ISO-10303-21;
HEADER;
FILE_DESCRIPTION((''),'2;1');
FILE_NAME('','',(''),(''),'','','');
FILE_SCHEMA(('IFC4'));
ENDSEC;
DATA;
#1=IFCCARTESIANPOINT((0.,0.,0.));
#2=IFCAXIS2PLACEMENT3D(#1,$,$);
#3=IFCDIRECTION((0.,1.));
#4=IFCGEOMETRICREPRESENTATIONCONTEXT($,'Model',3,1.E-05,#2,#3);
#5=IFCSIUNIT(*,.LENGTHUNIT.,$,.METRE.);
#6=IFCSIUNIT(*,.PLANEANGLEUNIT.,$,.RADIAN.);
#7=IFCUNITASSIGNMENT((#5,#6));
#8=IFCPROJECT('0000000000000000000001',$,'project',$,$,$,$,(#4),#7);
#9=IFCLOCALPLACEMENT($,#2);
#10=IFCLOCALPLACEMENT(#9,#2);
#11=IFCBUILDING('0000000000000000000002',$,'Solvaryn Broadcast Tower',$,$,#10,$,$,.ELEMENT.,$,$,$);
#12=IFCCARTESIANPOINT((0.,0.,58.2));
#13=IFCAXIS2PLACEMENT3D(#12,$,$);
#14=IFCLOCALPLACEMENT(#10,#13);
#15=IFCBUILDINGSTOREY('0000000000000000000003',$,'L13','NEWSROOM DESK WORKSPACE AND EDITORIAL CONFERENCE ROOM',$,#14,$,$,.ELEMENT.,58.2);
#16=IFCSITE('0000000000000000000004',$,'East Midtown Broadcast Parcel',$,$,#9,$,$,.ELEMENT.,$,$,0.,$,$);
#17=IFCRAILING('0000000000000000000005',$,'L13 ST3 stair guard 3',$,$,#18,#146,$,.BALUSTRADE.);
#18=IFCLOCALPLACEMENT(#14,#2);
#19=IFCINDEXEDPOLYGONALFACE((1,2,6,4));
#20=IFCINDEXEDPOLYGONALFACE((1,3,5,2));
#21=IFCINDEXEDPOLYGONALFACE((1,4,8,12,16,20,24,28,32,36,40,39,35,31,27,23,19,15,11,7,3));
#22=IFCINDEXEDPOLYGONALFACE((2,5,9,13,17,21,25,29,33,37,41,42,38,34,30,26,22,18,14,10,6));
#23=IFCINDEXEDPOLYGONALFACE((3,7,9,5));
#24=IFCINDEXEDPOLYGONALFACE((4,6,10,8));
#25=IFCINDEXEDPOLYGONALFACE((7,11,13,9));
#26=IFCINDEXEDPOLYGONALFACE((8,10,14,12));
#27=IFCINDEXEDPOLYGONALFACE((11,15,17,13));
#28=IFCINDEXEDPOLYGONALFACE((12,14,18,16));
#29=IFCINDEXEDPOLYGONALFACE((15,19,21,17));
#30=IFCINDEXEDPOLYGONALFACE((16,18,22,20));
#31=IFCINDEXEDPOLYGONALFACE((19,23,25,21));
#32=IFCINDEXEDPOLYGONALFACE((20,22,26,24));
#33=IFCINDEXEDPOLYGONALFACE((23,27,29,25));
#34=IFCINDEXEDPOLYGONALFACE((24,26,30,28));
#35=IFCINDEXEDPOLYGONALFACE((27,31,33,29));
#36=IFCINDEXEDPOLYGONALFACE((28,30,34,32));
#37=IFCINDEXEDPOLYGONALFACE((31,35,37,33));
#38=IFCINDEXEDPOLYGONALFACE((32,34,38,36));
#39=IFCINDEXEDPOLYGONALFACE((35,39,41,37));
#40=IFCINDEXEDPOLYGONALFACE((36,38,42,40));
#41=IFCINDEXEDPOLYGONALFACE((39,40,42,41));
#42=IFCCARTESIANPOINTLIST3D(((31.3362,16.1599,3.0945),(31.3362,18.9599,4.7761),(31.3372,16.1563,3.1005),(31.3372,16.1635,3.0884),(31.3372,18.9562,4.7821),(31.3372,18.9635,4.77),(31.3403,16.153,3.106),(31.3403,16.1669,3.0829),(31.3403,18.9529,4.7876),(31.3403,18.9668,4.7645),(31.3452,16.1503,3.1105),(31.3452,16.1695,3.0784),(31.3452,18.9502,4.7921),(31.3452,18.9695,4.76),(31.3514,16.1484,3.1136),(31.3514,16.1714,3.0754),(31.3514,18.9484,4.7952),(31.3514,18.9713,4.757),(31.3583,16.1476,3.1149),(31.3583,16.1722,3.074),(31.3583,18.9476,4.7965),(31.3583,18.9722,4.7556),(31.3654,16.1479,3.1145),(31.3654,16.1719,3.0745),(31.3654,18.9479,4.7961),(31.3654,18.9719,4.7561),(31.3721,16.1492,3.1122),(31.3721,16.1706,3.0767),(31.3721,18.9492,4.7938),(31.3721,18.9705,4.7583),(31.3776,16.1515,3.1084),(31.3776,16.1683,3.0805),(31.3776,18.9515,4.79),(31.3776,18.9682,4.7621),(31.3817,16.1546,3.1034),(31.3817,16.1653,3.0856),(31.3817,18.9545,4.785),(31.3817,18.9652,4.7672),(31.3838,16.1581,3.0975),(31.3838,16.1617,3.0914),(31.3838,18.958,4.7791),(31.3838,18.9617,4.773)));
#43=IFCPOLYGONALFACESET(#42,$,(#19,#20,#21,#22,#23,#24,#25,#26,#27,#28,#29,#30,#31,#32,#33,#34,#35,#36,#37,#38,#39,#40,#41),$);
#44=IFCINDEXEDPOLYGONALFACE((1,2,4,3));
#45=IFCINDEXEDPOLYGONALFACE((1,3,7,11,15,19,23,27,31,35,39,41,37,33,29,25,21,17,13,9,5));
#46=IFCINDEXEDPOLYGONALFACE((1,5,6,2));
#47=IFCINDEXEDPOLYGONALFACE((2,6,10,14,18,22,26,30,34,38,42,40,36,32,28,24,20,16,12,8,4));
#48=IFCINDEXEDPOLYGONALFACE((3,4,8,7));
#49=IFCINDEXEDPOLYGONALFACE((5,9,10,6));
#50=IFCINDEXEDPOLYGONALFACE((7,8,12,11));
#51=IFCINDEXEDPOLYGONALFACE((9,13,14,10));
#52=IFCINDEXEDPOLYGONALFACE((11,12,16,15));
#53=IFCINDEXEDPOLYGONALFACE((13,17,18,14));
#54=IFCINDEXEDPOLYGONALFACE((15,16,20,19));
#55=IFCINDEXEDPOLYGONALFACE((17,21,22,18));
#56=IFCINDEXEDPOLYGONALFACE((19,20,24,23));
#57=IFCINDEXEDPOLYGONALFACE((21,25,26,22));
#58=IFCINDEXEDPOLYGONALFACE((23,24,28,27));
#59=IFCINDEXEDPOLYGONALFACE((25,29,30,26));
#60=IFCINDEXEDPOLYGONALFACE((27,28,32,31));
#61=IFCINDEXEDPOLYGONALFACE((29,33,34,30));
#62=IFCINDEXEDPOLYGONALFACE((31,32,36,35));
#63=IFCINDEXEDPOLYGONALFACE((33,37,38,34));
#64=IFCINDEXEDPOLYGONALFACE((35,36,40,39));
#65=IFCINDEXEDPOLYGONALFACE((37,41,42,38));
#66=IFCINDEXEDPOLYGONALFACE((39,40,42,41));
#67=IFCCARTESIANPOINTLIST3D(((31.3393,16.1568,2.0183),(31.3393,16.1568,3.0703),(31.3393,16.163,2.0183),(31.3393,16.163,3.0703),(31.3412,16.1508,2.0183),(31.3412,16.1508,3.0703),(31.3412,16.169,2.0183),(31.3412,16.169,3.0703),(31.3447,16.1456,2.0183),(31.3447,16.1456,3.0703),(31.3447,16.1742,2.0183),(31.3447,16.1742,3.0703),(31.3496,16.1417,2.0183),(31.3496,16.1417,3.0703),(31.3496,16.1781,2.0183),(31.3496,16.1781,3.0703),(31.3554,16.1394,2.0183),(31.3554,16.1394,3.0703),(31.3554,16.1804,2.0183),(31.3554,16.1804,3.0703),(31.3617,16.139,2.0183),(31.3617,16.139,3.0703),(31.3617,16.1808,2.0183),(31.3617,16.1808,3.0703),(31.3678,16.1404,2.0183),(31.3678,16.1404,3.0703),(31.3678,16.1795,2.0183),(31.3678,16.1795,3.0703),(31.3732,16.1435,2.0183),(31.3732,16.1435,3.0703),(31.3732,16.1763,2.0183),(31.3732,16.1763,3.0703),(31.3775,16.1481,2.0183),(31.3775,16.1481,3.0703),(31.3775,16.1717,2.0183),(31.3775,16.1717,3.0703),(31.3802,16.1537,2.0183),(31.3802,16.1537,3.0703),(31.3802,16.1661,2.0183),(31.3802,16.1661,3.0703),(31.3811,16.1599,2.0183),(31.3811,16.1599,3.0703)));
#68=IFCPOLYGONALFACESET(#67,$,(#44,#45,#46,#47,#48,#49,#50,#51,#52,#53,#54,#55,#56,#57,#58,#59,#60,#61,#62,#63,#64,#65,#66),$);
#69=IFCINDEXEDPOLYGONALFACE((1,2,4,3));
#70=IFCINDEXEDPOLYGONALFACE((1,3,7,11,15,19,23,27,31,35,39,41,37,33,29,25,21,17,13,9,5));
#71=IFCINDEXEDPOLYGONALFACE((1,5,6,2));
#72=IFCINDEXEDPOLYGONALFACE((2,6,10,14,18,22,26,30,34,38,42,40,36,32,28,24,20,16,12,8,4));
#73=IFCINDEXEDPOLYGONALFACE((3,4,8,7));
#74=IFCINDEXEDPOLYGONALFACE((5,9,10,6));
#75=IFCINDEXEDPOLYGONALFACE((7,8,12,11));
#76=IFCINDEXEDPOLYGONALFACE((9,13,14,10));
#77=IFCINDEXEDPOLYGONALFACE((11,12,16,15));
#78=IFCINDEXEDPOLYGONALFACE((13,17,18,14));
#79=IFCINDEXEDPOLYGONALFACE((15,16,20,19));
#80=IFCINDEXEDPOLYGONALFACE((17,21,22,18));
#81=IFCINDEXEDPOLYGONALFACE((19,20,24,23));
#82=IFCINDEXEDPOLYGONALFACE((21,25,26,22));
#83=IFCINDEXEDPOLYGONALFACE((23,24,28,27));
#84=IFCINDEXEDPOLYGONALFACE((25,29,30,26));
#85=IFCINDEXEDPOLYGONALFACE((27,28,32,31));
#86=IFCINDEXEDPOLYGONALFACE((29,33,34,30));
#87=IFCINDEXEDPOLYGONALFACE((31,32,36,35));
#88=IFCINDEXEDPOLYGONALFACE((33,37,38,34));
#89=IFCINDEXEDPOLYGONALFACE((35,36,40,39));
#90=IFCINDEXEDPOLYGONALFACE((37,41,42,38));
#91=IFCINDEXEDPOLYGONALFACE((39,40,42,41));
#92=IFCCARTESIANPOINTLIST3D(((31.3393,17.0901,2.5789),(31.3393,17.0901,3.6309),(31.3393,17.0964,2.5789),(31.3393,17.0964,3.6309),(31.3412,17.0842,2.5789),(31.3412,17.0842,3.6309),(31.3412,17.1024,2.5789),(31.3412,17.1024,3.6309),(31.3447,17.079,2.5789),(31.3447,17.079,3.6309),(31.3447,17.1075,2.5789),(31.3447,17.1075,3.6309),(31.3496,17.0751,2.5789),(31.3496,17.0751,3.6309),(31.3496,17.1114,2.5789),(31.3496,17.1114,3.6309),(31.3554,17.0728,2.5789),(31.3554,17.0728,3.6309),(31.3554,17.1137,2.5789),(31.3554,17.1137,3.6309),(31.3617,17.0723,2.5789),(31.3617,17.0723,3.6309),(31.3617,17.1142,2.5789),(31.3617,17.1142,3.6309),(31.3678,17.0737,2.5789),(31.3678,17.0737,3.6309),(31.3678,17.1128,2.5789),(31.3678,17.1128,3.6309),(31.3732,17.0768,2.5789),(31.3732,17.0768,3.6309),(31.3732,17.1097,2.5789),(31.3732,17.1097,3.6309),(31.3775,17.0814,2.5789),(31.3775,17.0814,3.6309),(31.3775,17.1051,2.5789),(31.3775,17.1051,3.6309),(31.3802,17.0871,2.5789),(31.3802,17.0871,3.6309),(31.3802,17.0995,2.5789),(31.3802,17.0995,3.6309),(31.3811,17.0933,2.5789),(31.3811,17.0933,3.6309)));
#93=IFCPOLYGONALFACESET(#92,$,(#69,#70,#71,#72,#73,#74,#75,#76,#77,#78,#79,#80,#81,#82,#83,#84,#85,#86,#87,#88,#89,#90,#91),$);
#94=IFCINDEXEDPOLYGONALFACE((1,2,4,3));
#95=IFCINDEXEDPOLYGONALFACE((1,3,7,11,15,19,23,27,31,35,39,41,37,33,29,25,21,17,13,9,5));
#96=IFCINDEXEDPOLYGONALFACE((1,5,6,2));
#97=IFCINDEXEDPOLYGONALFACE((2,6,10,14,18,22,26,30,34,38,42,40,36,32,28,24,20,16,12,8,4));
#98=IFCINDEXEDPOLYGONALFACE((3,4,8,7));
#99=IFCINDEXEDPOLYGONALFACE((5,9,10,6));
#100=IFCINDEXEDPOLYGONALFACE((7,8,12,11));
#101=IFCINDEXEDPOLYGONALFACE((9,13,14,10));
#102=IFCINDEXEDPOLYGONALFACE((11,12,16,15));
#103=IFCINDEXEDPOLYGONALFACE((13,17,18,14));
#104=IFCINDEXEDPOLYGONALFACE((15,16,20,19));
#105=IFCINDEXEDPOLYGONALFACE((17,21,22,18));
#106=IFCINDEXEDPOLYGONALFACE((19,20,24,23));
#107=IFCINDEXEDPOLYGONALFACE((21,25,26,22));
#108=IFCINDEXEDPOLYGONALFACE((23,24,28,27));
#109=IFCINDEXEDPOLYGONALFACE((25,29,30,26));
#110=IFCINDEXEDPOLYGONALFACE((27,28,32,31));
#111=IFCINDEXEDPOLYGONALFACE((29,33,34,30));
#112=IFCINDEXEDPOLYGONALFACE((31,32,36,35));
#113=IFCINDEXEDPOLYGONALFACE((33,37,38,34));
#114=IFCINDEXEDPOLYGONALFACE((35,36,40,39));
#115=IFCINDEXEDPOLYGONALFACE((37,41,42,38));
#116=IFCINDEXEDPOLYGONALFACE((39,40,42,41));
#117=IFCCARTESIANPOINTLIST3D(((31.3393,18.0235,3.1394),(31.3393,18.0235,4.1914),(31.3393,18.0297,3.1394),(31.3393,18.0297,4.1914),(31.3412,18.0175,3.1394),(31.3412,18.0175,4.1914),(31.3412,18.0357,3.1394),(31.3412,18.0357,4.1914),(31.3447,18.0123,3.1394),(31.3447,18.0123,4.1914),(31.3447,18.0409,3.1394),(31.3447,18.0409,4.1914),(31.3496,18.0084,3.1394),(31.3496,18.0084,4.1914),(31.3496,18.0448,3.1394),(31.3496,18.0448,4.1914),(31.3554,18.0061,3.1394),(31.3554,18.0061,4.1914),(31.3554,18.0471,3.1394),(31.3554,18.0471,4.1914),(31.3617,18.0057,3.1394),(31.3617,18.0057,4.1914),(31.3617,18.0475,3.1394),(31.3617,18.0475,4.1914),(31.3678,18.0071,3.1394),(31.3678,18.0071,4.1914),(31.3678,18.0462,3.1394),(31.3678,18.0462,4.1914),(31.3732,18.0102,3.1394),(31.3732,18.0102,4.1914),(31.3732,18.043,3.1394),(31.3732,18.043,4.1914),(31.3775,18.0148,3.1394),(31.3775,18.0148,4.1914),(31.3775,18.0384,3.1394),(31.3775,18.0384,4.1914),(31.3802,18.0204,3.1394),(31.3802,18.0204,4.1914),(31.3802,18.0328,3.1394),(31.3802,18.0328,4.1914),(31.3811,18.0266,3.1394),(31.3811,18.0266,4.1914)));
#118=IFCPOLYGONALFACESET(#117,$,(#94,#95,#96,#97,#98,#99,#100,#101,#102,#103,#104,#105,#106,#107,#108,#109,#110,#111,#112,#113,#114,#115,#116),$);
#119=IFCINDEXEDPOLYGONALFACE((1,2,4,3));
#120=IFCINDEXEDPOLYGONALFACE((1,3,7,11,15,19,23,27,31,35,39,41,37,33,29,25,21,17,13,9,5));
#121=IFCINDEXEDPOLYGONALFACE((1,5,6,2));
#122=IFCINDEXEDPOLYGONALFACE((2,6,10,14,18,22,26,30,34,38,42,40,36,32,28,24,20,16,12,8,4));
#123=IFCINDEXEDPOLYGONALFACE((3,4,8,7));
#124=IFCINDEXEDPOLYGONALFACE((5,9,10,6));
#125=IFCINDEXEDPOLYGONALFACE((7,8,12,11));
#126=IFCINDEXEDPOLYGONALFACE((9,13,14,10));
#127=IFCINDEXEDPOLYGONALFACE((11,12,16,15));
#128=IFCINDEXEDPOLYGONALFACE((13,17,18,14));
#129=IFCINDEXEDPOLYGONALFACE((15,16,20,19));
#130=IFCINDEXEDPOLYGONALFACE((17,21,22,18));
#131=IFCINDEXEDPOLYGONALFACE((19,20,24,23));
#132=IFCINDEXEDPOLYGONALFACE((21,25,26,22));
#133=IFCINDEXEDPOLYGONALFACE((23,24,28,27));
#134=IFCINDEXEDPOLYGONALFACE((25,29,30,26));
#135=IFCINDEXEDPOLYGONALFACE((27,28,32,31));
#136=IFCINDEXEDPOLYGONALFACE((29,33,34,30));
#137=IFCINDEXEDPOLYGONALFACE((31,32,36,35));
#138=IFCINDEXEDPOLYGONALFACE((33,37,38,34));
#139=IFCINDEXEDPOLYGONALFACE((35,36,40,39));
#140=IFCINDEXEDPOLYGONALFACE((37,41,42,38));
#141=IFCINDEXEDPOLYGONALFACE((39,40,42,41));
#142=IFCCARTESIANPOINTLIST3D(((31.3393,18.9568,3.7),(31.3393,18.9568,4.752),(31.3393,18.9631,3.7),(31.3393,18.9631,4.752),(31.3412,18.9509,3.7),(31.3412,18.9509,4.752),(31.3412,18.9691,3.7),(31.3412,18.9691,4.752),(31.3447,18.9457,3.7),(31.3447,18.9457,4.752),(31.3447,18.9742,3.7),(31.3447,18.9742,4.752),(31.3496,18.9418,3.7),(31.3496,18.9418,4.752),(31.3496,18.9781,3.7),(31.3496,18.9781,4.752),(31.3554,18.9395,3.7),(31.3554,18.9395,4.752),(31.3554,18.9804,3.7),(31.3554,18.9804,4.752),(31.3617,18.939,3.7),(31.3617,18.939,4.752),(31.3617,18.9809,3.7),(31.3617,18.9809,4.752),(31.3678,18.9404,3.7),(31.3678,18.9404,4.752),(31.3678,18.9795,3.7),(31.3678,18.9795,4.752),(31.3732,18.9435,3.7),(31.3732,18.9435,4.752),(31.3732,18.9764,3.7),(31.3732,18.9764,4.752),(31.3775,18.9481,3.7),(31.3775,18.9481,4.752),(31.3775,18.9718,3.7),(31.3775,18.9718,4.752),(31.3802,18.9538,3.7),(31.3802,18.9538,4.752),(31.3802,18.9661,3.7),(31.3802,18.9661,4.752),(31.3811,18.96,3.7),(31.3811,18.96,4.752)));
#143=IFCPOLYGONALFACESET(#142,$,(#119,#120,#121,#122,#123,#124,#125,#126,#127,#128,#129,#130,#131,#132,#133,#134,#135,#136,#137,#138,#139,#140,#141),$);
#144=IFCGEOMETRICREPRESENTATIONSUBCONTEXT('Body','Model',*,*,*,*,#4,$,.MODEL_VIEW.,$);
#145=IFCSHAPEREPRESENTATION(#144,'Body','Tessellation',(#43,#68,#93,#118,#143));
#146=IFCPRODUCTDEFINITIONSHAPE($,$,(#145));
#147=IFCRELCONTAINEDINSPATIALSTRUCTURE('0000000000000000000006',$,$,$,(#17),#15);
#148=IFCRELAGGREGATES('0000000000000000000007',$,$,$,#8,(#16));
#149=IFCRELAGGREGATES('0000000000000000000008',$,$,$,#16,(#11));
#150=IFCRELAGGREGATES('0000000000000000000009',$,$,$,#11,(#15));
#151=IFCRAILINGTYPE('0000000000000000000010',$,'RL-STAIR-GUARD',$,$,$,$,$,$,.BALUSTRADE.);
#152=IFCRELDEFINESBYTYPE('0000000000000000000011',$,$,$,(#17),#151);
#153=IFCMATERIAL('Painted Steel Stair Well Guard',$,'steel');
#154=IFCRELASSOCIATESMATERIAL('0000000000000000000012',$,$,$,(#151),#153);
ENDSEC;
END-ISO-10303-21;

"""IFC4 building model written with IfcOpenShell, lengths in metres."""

from ifc_helpers import new_model, si_unit, direction, frame, origin, origin_2d, place, context, subcontext, project, spatial, circle, extrude, material, type_object, element, save


model = new_model("IFC4")

# Units and contexts
model_context = context("Model", 3, precision=1e-05, world=origin(), true_north=direction((0.0, 1.0)))
body_context = subcontext(model_context, "Body", "Model", "MODEL_VIEW")
ifc_project = project(units=[si_unit("LENGTHUNIT", "METRE"), si_unit("PLANEANGLEUNIT", "RADIAN")], contexts=[model_context])

# Site, building, storey
site_placement = place(None, origin())
site = spatial("IfcSite", under=ifc_project, at=site_placement, Name="East Midtown Broadcast Parcel", CompositionType="ELEMENT", RefElevation=0.0)
building_placement = place(site_placement, origin())
building = spatial("IfcBuilding", under=site, at=building_placement, Name="Solvaryn Broadcast Tower", CompositionType="ELEMENT")
storey_placement = place(building_placement, frame((0.0, 0.0, 58.2)))
storey = spatial("IfcBuildingStorey", under=building, at=storey_placement, Name="L13", Description="NEWSROOM DESK WORKSPACE AND EDITORIAL CONFERENCE ROOM", CompositionType="ELEMENT", Elevation=58.2)

# Railing
ifc_material_1 = material(Name="Painted Steel Stair Well Guard", Category="steel")
railing_type_1 = type_object("IfcRailingType", Name="RL-STAIR-GUARD", PredefinedType="BALUSTRADE", material=ifc_material_1)
railing_1_placement = place(storey_placement, frame((31.3601, 16.1599, 2.0183)))
element("IfcRailing", 1, at=railing_1_placement, inside=storey, type_object=railing_type_1, Name="L13 ST3 stair guard 3", PredefinedType="BALUSTRADE", context=body_context, shape_type="SweptSolid", body=[
    extrude(circle(Radius=0.0239, at=origin_2d()), frame((0.0, 0.0, 1.0762), z_axis=(0.0, 0.857275, 0.514858), x_axis=(-1.0, 0.0, 0.0)), (0.0, 0.0, 1.0), 3.2661),
    extrude(circle(Radius=0.021, at=origin_2d()), origin(), (0.0, 0.0, 1.0), 1.052),
    extrude(circle(Radius=0.021, at=origin_2d()), frame((0.0, 0.9333, 0.5605)), (0.0, 0.0, 1.0), 1.052),
    extrude(circle(Radius=0.021, at=origin_2d()), frame((0.0, 1.8667, 1.1211)), (0.0, 0.0, 1.0), 1.052),
    extrude(circle(Radius=0.021, at=origin_2d()), frame((0.0, 2.8, 1.6816)), (0.0, 0.0, 1.0), 1.052),
])

save(model, "model.ifc")
